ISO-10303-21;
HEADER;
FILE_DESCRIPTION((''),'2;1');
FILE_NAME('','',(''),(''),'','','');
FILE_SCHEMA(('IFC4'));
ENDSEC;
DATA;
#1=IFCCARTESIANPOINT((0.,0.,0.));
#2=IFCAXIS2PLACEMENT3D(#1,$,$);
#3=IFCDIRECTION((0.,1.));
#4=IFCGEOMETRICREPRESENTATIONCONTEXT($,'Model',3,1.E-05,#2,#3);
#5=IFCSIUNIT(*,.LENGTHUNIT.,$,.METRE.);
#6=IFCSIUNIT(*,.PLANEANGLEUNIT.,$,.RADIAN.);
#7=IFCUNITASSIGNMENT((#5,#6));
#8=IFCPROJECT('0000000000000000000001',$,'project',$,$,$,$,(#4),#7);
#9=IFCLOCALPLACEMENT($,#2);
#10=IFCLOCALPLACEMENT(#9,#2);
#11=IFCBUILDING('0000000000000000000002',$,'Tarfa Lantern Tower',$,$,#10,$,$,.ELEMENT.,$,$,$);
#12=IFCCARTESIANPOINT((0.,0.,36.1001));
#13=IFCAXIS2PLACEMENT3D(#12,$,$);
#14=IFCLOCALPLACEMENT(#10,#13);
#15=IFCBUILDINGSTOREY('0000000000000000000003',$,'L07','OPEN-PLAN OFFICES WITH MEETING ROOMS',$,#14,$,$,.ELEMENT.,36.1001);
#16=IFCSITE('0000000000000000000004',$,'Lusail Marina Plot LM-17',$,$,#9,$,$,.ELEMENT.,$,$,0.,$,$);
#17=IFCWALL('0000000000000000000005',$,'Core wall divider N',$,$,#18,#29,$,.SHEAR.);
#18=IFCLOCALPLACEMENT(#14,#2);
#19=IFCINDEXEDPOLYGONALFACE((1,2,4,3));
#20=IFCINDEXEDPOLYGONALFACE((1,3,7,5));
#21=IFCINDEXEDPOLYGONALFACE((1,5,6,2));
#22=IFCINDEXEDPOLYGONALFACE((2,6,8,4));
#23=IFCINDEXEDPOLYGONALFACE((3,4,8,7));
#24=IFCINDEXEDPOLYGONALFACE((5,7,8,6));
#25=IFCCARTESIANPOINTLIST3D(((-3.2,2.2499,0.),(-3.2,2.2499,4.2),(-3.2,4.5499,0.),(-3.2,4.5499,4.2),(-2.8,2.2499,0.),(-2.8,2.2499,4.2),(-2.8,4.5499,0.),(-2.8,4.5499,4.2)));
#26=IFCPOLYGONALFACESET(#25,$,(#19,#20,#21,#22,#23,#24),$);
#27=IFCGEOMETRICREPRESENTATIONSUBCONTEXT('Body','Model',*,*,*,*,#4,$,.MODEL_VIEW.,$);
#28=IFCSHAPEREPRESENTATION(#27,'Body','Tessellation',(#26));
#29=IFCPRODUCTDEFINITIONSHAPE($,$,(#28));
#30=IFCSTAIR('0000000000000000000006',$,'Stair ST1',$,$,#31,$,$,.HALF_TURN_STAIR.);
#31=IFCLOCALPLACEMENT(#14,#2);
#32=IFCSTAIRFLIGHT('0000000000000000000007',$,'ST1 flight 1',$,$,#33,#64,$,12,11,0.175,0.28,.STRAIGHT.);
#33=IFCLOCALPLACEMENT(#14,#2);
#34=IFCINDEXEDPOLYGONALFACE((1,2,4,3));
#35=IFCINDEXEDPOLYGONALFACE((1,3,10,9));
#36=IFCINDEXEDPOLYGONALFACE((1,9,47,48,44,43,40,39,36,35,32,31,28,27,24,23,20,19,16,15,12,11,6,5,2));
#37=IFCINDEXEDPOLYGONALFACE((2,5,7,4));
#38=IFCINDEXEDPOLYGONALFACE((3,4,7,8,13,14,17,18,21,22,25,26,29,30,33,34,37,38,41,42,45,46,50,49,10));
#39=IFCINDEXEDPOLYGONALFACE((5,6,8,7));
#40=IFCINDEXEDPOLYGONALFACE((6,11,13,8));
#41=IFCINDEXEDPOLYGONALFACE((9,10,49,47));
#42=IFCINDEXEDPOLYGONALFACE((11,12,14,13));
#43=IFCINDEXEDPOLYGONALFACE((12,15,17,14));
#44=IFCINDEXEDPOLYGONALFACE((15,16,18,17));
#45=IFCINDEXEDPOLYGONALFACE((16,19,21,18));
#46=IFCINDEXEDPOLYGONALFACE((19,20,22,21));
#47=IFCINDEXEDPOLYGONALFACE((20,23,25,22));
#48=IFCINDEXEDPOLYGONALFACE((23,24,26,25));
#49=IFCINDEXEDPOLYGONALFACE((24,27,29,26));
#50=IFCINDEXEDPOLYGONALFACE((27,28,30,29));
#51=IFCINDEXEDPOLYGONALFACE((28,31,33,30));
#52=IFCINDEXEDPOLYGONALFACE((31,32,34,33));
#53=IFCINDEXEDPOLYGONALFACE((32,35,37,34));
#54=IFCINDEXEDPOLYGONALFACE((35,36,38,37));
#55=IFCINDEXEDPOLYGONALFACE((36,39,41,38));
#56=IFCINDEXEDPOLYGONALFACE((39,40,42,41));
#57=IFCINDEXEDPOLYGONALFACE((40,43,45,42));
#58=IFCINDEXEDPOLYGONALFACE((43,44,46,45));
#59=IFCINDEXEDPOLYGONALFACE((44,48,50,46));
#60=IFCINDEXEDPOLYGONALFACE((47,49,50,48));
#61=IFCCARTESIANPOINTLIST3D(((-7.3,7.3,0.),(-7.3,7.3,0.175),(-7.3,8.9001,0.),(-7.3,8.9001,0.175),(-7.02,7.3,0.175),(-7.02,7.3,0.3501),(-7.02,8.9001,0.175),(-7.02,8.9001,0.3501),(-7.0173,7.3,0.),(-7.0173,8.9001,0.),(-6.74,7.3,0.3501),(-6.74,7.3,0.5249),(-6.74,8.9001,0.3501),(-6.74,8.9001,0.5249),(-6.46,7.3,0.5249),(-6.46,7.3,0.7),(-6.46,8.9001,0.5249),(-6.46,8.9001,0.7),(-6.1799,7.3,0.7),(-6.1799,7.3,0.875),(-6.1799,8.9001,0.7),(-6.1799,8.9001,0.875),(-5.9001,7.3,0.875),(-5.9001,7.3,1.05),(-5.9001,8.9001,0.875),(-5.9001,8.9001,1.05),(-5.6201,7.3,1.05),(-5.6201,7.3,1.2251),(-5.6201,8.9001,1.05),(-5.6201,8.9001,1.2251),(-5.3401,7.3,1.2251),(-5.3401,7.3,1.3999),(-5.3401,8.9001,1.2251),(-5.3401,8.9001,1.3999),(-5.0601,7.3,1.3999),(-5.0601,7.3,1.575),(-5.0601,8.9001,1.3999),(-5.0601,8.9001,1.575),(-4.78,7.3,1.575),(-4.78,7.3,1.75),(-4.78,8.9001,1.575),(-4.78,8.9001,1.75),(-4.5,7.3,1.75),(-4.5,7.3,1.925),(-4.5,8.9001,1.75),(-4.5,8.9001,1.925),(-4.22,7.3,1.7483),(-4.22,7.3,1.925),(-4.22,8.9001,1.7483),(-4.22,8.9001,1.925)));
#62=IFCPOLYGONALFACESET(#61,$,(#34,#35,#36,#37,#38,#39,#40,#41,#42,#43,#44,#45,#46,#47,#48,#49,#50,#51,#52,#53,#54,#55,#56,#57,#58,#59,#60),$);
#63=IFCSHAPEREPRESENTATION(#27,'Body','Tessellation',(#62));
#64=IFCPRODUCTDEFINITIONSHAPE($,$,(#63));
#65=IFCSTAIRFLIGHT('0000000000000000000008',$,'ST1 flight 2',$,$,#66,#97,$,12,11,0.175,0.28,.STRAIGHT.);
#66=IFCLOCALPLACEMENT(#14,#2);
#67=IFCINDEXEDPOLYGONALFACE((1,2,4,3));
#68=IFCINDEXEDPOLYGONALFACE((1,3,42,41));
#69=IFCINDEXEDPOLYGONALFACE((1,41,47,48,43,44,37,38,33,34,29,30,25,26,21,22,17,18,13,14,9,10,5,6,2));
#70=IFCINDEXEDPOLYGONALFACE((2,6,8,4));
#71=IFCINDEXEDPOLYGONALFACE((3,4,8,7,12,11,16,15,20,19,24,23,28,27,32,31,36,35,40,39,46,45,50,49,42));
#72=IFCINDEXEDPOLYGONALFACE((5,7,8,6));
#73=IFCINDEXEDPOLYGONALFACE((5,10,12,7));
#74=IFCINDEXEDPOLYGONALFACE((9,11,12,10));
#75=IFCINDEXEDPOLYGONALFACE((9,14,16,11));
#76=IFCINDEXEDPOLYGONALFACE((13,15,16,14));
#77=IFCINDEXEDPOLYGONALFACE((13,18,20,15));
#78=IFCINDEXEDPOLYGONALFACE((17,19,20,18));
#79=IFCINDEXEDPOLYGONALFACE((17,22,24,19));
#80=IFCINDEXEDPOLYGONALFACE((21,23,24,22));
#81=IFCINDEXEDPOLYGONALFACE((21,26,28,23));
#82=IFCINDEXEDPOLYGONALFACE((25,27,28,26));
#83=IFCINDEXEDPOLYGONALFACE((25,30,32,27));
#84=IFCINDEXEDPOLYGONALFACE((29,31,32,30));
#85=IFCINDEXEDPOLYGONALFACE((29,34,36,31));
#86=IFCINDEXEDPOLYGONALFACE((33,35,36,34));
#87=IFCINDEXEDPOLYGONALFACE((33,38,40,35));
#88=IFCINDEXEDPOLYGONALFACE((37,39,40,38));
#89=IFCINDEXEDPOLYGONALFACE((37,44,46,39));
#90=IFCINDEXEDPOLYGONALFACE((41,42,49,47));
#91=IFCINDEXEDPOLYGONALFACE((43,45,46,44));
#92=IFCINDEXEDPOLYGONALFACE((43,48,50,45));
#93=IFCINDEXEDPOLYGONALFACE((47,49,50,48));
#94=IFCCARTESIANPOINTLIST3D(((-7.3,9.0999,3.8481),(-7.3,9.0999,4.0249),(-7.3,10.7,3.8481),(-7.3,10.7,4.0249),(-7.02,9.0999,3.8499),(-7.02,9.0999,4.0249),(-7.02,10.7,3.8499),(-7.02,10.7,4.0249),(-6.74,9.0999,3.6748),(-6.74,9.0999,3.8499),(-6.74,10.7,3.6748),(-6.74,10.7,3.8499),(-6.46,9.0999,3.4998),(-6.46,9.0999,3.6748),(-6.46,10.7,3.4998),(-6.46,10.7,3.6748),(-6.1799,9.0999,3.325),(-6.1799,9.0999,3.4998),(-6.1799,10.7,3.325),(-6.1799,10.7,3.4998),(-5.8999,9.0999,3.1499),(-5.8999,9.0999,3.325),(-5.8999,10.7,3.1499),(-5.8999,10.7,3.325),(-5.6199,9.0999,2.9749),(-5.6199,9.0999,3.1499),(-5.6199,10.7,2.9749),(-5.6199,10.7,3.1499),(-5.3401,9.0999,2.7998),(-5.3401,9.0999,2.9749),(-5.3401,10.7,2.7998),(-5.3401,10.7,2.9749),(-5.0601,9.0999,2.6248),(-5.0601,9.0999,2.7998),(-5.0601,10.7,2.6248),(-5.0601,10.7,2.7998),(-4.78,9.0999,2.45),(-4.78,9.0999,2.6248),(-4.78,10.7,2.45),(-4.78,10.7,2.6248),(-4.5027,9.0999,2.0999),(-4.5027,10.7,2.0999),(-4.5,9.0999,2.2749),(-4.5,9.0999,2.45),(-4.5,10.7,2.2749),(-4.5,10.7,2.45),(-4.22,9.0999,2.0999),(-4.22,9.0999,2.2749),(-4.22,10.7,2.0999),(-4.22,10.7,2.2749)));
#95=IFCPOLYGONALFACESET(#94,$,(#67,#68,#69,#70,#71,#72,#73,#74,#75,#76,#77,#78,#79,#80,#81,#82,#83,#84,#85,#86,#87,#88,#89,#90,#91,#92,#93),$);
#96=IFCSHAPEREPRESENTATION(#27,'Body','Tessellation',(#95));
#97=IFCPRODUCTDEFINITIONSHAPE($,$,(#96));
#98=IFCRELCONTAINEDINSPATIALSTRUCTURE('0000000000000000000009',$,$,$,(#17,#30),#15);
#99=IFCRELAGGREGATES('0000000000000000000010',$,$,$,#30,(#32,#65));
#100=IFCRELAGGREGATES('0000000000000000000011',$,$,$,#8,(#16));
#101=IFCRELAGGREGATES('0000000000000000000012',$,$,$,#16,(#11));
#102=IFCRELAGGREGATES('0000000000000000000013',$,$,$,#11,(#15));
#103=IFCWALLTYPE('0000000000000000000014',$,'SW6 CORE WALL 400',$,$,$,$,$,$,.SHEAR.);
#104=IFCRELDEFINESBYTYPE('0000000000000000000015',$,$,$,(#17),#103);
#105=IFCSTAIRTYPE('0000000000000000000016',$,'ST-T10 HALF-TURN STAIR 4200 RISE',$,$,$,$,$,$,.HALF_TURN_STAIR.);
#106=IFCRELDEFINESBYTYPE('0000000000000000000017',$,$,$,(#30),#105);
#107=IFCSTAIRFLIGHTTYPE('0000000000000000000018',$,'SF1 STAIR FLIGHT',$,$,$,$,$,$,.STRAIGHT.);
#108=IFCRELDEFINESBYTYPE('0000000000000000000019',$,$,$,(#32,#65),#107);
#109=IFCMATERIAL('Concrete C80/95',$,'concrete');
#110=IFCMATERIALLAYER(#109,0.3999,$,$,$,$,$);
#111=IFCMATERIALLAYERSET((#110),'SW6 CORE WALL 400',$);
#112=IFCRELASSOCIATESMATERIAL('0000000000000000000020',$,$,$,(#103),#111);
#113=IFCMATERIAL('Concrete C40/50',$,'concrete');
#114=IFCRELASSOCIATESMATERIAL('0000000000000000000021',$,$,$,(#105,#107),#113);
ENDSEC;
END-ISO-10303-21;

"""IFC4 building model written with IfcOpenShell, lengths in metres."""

from ifc_helpers import new_model, si_unit, direction, frame, frame_2d, origin, place, context, subcontext, project, spatial, polyline, rectangle, outline, extrude, material, layer, layer_set, type_object, element, aggregate, save


model = new_model("IFC4")

# Units and contexts
model_context = context("Model", 3, precision=1e-05, world=origin(), true_north=direction((0.0, 1.0)))
body_context = subcontext(model_context, "Body", "Model", "MODEL_VIEW")
ifc_project = project(units=[si_unit("LENGTHUNIT", "METRE"), si_unit("PLANEANGLEUNIT", "RADIAN")], contexts=[model_context])

# Site, building, storey
site_placement = place(None, origin())
site = spatial("IfcSite", under=ifc_project, at=site_placement, Name="Lusail Marina Plot LM-17", CompositionType="ELEMENT", RefElevation=0.0)
building_placement = place(site_placement, origin())
building = spatial("IfcBuilding", under=site, at=building_placement, Name="Tarfa Lantern Tower", CompositionType="ELEMENT")
storey_placement = place(building_placement, frame((0.0, 0.0, 36.1001)))
storey = spatial("IfcBuildingStorey", under=building, at=storey_placement, Name="L07", Description="OPEN-PLAN OFFICES WITH MEETING ROOMS", CompositionType="ELEMENT", Elevation=36.1001)

# Shared definitions
ifc_material_1 = material(Name="Concrete C80/95", Category="concrete")

# Wall
ifc_layer_1 = layer(ifc_material_1, 0.3999)
ifc_layer_set_1 = layer_set([ifc_layer_1], Name="SW6 CORE WALL 400")
wall_type_1 = type_object("IfcWallType", Name="SW6 CORE WALL 400", PredefinedType="SHEAR", material=ifc_layer_set_1)
for number, where, z_axis, x_axis, name in (
    (1, (-3.0, 2.25, 0.0), (0.0, 0.0, 1.0), (0.0, 1.0, 0.0), "Core wall divider N"),
):
    element("IfcWall", number, at=place(storey_placement, frame(where, z_axis=z_axis, x_axis=x_axis)), inside=storey, type_object=wall_type_1, Name=name, PredefinedType="SHEAR", context=body_context, shape_type="SweptSolid", body=[
        extrude(rectangle(XDim=2.3, YDim=0.3999, at=frame_2d((1.1499, 0.0))), origin(), (0.0, 0.0, 1.0), 4.2),
    ])

# Stair, stair flights
ifc_material_2 = material(Name="Concrete C40/50", Category="concrete")
stair_type = type_object("IfcStairType", Name="ST-T10 HALF-TURN STAIR 4200 RISE", PredefinedType="HALF_TURN_STAIR", material=ifc_material_2)
stair_placement = place(storey_placement, origin())
stair = element("IfcStair", 2, at=stair_placement, inside=storey, type_object=stair_type, Name="Stair ST1", PredefinedType="HALF_TURN_STAIR")
stair_flight_type = type_object("IfcStairFlightType", Name="SF1 STAIR FLIGHT", PredefinedType="STRAIGHT", material=ifc_material_2)
stair_flight_1_placement = place(storey_placement, frame((-7.3, 8.1001, 0.0), z_axis=(0.0, 0.0, 1.0), x_axis=(1.0, 0.0, 0.0)))
stair_flight_1 = element("IfcStairFlight", 3, at=stair_flight_1_placement, type_object=stair_flight_type, Name="ST1 flight 1", NumberOfRisers=12, NumberOfTreads=11, PredefinedType="STRAIGHT", RiserHeight=0.175, TreadLength=0.28, context=body_context, shape_type="SweptSolid", body=[
    extrude(outline(polyline([(0.0, 0.0), (0.0, 0.175), (0.28, 0.175), (0.28, 0.3501), (0.5601, 0.3501), (0.5601, 0.5249), (0.8401, 0.5249), (0.8401, 0.7), (1.1201, 0.7), (1.1201, 0.875), (1.3999, 0.875), (1.3999, 1.05), (1.6799, 1.05), (1.6799, 1.2251), (1.96, 1.2251), (1.96, 1.3999), (2.24, 1.3999), (2.24, 1.575), (2.52, 1.575), (2.52, 1.75), (2.8, 1.75), (2.8, 1.925), (3.0801, 1.925), (3.0801, 2.1001), (3.0801, 1.7483), (0.2827, 0.0), (0.0, 0.0)])), frame((0.0, 0.8, 0.0), z_axis=(0.0, -1.0, 0.0), x_axis=(1.0, 0.0, 0.0)), (0.0, 0.0, 1.0), 1.6001),
])
stair_flight_2_placement = place(storey_placement, frame((-4.22, 9.8999, 2.0999), z_axis=(0.0, 0.0, 1.0), x_axis=(-1.0, 0.0, 0.0)))
stair_flight_2 = element("IfcStairFlight", 4, at=stair_flight_2_placement, type_object=stair_flight_type, Name="ST1 flight 2", NumberOfRisers=12, NumberOfTreads=11, PredefinedType="STRAIGHT", RiserHeight=0.175, TreadLength=0.28, context=body_context, shape_type="SweptSolid", body=[
    extrude(outline(polyline([(0.0, 0.0), (0.0, 0.175), (0.28, 0.175), (0.28, 0.3501), (0.5601, 0.3501), (0.5601, 0.5249), (0.8401, 0.5249), (0.8401, 0.7), (1.1201, 0.7), (1.1201, 0.875), (1.3999, 0.875), (1.3999, 1.05), (1.6799, 1.05), (1.6799, 1.2251), (1.96, 1.2251), (1.96, 1.3999), (2.24, 1.3999), (2.24, 1.575), (2.52, 1.575), (2.52, 1.75), (2.8, 1.75), (2.8, 1.925), (3.0801, 1.925), (3.0801, 2.1001), (3.0801, 1.7483), (0.2827, 0.0), (0.0, 0.0)])), frame((0.0, 0.8, 0.0), z_axis=(0.0, -1.0, 0.0), x_axis=(1.0, 0.0, 0.0)), (0.0, 0.0, 1.0), 1.6001),
])
aggregate(stair, [stair_flight_1, stair_flight_2])

save(model, "model.ifc")
